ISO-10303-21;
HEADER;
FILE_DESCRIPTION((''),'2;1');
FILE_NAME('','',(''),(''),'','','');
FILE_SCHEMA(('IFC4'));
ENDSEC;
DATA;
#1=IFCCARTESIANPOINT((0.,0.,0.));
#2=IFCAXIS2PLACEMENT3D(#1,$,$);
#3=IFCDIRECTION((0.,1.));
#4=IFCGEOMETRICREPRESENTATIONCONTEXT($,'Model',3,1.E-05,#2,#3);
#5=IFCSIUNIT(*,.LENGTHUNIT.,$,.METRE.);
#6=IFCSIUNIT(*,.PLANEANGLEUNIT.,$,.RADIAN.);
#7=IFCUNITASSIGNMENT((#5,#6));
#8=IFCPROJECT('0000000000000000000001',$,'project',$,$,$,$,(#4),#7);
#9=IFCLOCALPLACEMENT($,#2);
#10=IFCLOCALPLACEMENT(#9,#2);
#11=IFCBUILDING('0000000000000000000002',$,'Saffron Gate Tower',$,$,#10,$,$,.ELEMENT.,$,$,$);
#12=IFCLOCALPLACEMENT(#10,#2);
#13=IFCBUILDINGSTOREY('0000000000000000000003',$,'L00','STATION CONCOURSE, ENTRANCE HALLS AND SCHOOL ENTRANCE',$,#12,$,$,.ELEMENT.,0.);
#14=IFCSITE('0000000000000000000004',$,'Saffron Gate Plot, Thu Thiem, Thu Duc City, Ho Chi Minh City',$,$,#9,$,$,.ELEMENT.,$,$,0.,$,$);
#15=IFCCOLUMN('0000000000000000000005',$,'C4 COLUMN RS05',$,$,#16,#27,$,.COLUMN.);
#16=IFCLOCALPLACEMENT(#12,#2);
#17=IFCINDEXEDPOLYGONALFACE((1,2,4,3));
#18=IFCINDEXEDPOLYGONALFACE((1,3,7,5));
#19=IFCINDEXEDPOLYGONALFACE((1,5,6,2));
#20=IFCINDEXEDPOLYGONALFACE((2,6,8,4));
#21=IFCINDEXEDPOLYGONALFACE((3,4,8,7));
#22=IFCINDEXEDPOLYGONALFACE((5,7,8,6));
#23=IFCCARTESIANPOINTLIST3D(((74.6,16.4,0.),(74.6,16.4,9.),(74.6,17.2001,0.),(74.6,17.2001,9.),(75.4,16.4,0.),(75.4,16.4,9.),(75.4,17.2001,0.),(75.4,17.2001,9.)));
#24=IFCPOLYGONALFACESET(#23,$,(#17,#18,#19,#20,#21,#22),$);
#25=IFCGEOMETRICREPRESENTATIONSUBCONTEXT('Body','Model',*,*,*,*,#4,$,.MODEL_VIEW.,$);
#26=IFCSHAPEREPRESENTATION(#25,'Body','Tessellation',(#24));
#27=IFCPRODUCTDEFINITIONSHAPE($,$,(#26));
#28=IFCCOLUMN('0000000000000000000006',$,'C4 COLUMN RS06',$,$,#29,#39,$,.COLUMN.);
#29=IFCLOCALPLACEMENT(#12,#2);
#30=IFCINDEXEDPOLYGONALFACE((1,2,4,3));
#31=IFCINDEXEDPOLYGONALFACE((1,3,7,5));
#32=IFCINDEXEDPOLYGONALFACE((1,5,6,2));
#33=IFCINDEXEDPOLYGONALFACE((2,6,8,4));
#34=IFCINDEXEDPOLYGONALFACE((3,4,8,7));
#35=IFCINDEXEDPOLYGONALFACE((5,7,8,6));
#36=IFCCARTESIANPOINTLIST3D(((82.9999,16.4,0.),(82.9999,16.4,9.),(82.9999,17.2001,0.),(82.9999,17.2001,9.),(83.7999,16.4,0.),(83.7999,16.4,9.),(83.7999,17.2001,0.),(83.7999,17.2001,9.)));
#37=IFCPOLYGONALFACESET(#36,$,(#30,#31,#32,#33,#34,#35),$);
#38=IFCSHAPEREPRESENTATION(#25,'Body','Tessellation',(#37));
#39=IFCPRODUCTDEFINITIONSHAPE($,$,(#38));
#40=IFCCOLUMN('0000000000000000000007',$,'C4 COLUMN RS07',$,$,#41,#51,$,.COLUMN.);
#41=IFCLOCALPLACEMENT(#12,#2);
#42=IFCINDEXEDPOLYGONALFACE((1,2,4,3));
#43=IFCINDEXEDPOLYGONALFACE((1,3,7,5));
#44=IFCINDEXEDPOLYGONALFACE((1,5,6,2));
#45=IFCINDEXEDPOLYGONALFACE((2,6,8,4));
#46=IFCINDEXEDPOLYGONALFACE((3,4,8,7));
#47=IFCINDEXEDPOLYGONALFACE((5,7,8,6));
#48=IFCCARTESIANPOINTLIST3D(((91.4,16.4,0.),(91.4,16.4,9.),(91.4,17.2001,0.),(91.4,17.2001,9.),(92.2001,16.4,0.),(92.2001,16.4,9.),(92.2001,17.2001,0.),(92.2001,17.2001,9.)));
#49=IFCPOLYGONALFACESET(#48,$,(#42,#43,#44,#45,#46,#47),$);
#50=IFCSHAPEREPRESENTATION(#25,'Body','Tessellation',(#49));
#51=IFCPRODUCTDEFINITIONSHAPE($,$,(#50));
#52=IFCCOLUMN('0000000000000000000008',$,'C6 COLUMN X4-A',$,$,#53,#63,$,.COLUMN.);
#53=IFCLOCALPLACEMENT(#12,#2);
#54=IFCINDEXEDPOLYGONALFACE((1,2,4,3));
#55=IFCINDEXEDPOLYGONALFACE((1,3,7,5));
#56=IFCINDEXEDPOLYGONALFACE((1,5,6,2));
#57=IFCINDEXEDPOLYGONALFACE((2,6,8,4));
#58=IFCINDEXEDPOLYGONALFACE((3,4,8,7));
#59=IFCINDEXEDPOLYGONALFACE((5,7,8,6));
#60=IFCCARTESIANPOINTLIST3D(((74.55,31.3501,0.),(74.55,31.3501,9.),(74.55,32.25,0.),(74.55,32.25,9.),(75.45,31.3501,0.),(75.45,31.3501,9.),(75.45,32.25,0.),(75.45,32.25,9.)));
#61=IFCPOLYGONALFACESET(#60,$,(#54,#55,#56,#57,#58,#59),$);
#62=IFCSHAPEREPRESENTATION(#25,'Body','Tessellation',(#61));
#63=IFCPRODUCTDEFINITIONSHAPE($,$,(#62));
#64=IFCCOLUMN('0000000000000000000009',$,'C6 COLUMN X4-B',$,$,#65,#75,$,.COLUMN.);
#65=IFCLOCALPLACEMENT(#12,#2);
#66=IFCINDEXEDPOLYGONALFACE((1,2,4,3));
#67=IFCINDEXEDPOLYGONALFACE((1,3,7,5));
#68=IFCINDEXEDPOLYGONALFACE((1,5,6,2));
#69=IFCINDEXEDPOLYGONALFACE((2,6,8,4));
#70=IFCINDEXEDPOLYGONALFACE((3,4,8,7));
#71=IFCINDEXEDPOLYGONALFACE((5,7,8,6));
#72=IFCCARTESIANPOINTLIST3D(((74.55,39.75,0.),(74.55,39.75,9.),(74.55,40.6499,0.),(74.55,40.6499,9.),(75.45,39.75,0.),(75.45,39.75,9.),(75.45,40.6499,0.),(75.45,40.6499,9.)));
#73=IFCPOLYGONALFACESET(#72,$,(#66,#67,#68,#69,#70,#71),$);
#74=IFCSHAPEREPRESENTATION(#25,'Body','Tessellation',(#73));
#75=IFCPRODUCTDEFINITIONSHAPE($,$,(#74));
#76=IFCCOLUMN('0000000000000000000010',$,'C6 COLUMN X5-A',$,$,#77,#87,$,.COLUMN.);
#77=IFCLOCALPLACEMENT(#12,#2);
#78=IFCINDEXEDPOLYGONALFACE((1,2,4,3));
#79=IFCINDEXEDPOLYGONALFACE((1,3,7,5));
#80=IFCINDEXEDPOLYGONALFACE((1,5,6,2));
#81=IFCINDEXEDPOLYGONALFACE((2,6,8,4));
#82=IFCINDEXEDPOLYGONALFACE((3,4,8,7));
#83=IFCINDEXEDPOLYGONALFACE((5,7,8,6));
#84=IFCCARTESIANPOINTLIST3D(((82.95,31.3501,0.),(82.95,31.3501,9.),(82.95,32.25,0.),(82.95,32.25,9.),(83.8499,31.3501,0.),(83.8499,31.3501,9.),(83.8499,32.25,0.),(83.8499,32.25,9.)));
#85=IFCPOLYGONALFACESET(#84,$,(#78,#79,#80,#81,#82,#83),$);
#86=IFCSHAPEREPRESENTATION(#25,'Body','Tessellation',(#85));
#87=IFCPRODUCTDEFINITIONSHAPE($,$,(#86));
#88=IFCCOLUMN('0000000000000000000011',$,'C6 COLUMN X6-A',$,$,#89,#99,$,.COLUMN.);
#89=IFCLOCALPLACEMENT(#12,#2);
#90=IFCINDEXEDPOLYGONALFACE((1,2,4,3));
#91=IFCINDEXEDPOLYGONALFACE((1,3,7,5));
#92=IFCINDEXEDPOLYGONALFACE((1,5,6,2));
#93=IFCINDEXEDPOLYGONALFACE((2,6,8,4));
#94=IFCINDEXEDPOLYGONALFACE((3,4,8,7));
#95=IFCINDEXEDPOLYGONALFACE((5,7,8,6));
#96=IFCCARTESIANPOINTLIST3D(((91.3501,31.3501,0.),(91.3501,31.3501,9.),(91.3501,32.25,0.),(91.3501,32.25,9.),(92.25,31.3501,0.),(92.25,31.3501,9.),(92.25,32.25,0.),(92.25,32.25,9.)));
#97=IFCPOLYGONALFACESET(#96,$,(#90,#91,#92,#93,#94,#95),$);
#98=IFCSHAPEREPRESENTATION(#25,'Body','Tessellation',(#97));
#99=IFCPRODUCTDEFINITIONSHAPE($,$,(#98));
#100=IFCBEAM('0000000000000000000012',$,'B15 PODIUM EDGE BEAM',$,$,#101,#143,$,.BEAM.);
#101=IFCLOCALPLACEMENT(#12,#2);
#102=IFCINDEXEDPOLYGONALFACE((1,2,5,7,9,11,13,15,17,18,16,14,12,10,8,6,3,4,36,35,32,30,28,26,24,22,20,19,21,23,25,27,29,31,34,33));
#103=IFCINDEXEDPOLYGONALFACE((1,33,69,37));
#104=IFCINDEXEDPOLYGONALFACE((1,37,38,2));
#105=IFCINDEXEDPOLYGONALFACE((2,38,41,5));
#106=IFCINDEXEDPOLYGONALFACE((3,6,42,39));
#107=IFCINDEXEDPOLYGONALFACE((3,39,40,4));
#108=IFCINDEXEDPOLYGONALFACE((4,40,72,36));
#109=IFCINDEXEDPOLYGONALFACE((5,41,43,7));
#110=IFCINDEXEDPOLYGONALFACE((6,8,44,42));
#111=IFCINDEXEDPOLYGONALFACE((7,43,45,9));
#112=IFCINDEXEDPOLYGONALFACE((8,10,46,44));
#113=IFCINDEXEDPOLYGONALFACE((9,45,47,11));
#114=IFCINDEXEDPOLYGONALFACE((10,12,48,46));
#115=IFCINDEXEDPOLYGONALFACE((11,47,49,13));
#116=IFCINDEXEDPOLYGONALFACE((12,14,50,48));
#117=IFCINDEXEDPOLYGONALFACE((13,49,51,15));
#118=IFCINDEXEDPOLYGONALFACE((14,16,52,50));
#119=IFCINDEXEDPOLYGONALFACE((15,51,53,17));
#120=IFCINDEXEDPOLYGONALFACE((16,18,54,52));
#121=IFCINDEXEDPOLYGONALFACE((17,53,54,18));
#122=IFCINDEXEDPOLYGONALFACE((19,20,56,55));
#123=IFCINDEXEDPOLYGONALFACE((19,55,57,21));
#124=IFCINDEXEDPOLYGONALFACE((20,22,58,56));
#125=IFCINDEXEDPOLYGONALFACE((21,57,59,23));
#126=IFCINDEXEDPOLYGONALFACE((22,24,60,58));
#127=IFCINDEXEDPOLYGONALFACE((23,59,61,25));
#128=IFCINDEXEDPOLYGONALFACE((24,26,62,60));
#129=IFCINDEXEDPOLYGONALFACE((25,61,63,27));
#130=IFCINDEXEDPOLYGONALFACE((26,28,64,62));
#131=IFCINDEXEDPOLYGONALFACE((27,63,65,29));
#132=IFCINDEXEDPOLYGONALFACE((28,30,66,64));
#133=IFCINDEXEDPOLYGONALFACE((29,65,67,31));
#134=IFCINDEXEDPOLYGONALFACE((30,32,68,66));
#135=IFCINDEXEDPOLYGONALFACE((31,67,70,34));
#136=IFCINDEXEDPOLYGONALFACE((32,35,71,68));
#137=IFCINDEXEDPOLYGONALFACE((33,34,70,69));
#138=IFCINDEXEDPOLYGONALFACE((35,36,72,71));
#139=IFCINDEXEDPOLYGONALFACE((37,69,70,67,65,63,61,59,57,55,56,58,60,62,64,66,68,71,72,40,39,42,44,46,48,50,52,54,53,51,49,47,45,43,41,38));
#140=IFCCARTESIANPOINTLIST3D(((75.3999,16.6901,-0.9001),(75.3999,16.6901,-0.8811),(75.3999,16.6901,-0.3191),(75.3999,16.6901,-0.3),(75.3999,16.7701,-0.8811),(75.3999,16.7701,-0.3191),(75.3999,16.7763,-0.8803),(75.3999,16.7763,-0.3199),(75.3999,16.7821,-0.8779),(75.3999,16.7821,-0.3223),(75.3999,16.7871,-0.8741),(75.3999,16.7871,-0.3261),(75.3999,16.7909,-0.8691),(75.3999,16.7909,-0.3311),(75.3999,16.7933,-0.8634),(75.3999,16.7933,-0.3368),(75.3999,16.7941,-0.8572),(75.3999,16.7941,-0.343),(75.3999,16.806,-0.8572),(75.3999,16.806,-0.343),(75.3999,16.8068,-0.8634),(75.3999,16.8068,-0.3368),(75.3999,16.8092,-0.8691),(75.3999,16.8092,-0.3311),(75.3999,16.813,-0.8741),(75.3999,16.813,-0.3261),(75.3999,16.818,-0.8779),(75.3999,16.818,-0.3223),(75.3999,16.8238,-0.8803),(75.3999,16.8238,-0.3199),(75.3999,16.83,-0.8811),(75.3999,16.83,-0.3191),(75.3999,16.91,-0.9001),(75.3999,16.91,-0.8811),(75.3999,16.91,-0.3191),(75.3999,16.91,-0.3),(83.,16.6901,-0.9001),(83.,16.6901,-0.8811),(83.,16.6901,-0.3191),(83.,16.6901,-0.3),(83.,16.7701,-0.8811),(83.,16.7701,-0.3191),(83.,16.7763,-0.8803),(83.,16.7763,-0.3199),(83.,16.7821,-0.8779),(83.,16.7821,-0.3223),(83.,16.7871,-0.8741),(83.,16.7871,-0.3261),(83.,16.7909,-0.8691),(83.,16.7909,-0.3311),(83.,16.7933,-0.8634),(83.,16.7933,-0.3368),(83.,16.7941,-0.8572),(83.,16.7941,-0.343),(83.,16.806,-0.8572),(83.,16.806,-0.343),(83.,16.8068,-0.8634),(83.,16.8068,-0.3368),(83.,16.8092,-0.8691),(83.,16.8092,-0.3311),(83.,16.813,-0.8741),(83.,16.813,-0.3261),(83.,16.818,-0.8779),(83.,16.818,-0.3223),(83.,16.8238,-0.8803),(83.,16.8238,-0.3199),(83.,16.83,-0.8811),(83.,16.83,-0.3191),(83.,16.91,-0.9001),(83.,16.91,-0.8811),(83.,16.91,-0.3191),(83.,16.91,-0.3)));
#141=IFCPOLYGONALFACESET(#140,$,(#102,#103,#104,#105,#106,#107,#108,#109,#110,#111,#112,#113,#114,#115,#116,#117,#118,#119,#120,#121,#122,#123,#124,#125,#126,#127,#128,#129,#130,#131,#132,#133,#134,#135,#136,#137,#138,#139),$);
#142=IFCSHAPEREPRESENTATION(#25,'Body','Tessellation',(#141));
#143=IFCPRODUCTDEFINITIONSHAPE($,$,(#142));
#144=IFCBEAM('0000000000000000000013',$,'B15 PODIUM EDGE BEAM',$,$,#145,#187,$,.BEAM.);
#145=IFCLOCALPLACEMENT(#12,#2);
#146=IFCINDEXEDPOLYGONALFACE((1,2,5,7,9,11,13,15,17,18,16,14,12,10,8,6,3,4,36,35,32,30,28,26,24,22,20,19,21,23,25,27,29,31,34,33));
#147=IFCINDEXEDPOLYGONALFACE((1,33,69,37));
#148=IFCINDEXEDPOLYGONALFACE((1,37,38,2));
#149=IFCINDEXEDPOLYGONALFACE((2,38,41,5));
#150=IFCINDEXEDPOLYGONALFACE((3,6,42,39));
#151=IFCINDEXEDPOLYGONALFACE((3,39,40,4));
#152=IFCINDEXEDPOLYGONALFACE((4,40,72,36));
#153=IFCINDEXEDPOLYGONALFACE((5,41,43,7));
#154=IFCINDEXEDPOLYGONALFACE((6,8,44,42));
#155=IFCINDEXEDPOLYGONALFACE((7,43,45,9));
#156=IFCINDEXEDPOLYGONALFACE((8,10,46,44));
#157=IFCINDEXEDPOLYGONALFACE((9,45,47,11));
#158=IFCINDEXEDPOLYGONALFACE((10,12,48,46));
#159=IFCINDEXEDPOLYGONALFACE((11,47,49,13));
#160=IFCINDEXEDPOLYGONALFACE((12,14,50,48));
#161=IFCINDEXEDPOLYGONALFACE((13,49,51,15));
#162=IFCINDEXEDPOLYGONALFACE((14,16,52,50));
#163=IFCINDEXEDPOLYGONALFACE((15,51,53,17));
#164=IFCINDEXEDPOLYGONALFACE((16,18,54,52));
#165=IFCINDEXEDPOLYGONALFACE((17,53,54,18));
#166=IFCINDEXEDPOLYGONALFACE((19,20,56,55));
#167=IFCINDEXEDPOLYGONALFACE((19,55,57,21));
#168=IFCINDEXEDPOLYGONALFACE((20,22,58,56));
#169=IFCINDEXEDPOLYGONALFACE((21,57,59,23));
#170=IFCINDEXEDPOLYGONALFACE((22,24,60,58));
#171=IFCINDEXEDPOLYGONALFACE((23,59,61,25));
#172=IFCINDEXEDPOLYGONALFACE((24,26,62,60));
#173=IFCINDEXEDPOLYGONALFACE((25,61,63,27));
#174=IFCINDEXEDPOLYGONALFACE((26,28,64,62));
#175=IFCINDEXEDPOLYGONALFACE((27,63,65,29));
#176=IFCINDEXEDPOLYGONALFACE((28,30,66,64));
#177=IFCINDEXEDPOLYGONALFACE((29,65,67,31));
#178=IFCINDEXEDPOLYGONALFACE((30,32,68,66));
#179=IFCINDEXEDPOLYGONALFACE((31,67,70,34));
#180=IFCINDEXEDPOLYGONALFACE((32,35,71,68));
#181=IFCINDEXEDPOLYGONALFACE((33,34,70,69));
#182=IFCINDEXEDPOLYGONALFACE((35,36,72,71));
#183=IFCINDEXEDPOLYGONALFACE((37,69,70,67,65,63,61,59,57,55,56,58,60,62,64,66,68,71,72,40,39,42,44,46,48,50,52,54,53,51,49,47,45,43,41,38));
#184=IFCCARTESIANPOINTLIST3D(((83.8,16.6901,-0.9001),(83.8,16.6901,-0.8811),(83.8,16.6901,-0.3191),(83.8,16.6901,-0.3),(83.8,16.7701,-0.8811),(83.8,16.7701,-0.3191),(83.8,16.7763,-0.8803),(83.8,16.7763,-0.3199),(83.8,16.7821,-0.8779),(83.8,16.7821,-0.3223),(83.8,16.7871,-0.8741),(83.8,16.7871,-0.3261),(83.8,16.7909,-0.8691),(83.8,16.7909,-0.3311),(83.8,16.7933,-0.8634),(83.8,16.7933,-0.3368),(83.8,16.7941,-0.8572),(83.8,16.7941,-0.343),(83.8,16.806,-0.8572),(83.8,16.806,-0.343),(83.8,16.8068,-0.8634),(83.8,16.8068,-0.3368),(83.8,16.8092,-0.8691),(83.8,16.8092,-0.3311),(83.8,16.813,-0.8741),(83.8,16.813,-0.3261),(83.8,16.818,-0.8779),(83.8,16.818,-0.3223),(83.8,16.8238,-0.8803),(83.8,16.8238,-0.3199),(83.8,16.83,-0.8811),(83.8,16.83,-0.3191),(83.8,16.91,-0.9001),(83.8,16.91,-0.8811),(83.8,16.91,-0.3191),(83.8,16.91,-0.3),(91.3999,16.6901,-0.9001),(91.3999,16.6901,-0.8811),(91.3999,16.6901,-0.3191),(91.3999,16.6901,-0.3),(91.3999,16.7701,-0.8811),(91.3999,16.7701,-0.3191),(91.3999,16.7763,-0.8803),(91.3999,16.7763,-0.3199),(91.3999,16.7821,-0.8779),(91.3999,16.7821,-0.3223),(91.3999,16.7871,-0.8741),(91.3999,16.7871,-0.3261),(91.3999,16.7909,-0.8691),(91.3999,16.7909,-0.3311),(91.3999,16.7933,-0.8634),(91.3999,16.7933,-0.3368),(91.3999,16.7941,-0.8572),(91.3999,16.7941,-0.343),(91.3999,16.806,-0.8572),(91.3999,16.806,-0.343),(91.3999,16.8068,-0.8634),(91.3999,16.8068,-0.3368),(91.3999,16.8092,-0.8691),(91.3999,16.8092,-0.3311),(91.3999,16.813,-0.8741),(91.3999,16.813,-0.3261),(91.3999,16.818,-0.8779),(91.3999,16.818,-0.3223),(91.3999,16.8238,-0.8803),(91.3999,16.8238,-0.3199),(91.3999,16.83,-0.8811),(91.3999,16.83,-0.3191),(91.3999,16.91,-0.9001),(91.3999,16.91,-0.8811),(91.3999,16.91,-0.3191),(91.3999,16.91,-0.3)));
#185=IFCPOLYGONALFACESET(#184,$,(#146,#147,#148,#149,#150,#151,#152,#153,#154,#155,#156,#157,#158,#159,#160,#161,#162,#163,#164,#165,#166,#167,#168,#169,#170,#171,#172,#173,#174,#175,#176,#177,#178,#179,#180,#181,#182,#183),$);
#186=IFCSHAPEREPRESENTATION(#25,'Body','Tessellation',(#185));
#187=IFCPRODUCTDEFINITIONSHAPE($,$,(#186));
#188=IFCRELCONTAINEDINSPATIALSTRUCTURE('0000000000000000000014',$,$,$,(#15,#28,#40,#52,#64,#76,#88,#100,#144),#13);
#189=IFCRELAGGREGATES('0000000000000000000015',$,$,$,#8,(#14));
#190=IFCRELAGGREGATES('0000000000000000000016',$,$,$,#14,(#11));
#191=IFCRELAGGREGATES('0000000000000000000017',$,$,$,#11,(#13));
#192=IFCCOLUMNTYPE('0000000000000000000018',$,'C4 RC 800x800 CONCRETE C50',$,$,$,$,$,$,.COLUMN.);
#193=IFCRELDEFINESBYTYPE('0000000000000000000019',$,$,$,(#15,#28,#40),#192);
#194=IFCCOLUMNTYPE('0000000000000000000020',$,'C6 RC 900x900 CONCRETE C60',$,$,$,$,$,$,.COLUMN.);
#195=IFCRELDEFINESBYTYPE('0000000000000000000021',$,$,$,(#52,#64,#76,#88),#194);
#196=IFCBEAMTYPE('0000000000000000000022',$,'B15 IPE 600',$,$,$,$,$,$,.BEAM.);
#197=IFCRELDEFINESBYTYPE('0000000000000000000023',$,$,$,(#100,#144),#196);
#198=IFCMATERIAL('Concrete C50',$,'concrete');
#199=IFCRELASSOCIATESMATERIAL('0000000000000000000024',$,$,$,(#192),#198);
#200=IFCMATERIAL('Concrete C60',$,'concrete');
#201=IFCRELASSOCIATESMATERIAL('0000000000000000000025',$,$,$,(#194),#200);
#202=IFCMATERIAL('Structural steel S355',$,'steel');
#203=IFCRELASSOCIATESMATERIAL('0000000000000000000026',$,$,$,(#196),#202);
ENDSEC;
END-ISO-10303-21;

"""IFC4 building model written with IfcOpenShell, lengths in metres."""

from ifc_helpers import new_model, si_unit, direction, frame, origin, origin_2d, place, context, subcontext, project, spatial, rectangle, i_section, extrude, material, material_profile, profile_set, type_object, element, save


model = new_model("IFC4")

# Units and contexts
model_context = context("Model", 3, precision=1e-05, world=origin(), true_north=direction((0.0, 1.0)))
body_context = subcontext(model_context, "Body", "Model", "MODEL_VIEW")
ifc_project = project(units=[si_unit("LENGTHUNIT", "METRE"), si_unit("PLANEANGLEUNIT", "RADIAN")], contexts=[model_context])

# Site, building, storey
site_placement = place(None, origin())
site = spatial("IfcSite", under=ifc_project, at=site_placement, Name="Saffron Gate Plot, Thu Thiem, Thu Duc City, Ho Chi Minh City", CompositionType="ELEMENT", RefElevation=0.0)
building_placement = place(site_placement, origin())
building = spatial("IfcBuilding", under=site, at=building_placement, Name="Saffron Gate Tower", CompositionType="ELEMENT")
storey_placement = place(building_placement, origin())
storey = spatial("IfcBuildingStorey", under=building, at=storey_placement, Name="L00", Description="STATION CONCOURSE, ENTRANCE HALLS AND SCHOOL ENTRANCE", CompositionType="ELEMENT", Elevation=0.0)

# Columns
ifc_material_1 = material(Name="Concrete C50", Category="concrete")
ifc_material_profile_1 = material_profile(ifc_material_1, rectangle(XDim=0.8, YDim=0.8, at=origin_2d()))
ifc_profile_set_1 = profile_set([ifc_material_profile_1], Name="Concrete C50")
column_type_1 = type_object("IfcColumnType", Name="C4 RC 800x800 CONCRETE C50", PredefinedType="COLUMN", material=ifc_profile_set_1)
for number, where, z_axis, x_axis, name in (
    (1, (75.0, 16.8, 0.0), (0.0, 0.0, 1.0), (1.0, 0.0, 0.0), "C4 COLUMN RS05"),
    (2, (83.3999, 16.8, 0.0), (0.0, 0.0, 1.0), (1.0, 0.0, 0.0), "C4 COLUMN RS06"),
    (3, (91.8, 16.8, 0.0), (0.0, 0.0, 1.0), (1.0, 0.0, 0.0), "C4 COLUMN RS07"),
):
    element("IfcColumn", number, at=place(storey_placement, frame(where, z_axis=z_axis, x_axis=x_axis)), inside=storey, type_object=column_type_1, Name=name, PredefinedType="COLUMN", context=body_context, shape_type="SweptSolid", body=[
        extrude(rectangle(XDim=0.8, YDim=0.8, at=origin_2d()), origin(), (0.0, 0.0, 1.0), 9.0),
    ])
ifc_material_2 = material(Name="Concrete C60", Category="concrete")
ifc_material_profile_2 = material_profile(ifc_material_2, rectangle(XDim=0.8999, YDim=0.8999, at=origin_2d()))
ifc_profile_set_2 = profile_set([ifc_material_profile_2], Name="Concrete C60")
column_type_2 = type_object("IfcColumnType", Name="C6 RC 900x900 CONCRETE C60", PredefinedType="COLUMN", material=ifc_profile_set_2)
for number, where, z_axis, x_axis, name in (
    (4, (75.0, 31.8, 0.0), (0.0, 0.0, 1.0), (1.0, 0.0, 0.0), "C6 COLUMN X4-A"),
    (5, (75.0, 40.2, 0.0), (0.0, 0.0, 1.0), (1.0, 0.0, 0.0), "C6 COLUMN X4-B"),
    (6, (83.3999, 31.8, 0.0), (0.0, 0.0, 1.0), (1.0, 0.0, 0.0), "C6 COLUMN X5-A"),
    (7, (91.8, 31.8, 0.0), (0.0, 0.0, 1.0), (1.0, 0.0, 0.0), "C6 COLUMN X6-A"),
):
    element("IfcColumn", number, at=place(storey_placement, frame(where, z_axis=z_axis, x_axis=x_axis)), inside=storey, type_object=column_type_2, Name=name, PredefinedType="COLUMN", context=body_context, shape_type="SweptSolid", body=[
        extrude(rectangle(XDim=0.8999, YDim=0.8999, at=origin_2d()), origin(), (0.0, 0.0, 1.0), 9.0),
    ])

# Beams
ifc_material_3 = material(Name="Structural steel S355", Category="steel")
ifc_material_profile_3 = material_profile(ifc_material_3, i_section(OverallWidth=0.22, OverallDepth=0.6001, WebThickness=0.012, FlangeThickness=0.019, FilletRadius=0.0239, at=origin_2d()))
ifc_profile_set_3 = profile_set([ifc_material_profile_3], Name="Structural steel S355")
beam_type_1 = type_object("IfcBeamType", Name="B15 IPE 600", PredefinedType="BEAM", material=ifc_profile_set_3)
beam_1_placement = place(storey_placement, frame((75.3999, 16.8, -0.6001), z_axis=(1.0, 0.0, 0.0), x_axis=(0.0, 1.0, 0.0)))
element("IfcBeam", 8, at=beam_1_placement, inside=storey, type_object=beam_type_1, Name="B15 PODIUM EDGE BEAM", PredefinedType="BEAM", context=body_context, shape_type="SweptSolid", body=[
    extrude(i_section(OverallWidth=0.22, OverallDepth=0.6001, WebThickness=0.012, FlangeThickness=0.019, FilletRadius=0.0239, at=origin_2d()), origin(), (0.0, 0.0, 1.0), 7.6001),
])
beam_2_placement = place(storey_placement, frame((83.8, 16.8, -0.6001), z_axis=(1.0, 0.0, 0.0), x_axis=(0.0, 1.0, 0.0)))
element("IfcBeam", 9, at=beam_2_placement, inside=storey, type_object=beam_type_1, Name="B15 PODIUM EDGE BEAM", PredefinedType="BEAM", context=body_context, shape_type="SweptSolid", body=[
    extrude(i_section(OverallWidth=0.22, OverallDepth=0.6001, WebThickness=0.012, FlangeThickness=0.019, FilletRadius=0.0239, at=origin_2d()), origin(), (0.0, 0.0, 1.0), 7.5999),
])

save(model, "model.ifc")
